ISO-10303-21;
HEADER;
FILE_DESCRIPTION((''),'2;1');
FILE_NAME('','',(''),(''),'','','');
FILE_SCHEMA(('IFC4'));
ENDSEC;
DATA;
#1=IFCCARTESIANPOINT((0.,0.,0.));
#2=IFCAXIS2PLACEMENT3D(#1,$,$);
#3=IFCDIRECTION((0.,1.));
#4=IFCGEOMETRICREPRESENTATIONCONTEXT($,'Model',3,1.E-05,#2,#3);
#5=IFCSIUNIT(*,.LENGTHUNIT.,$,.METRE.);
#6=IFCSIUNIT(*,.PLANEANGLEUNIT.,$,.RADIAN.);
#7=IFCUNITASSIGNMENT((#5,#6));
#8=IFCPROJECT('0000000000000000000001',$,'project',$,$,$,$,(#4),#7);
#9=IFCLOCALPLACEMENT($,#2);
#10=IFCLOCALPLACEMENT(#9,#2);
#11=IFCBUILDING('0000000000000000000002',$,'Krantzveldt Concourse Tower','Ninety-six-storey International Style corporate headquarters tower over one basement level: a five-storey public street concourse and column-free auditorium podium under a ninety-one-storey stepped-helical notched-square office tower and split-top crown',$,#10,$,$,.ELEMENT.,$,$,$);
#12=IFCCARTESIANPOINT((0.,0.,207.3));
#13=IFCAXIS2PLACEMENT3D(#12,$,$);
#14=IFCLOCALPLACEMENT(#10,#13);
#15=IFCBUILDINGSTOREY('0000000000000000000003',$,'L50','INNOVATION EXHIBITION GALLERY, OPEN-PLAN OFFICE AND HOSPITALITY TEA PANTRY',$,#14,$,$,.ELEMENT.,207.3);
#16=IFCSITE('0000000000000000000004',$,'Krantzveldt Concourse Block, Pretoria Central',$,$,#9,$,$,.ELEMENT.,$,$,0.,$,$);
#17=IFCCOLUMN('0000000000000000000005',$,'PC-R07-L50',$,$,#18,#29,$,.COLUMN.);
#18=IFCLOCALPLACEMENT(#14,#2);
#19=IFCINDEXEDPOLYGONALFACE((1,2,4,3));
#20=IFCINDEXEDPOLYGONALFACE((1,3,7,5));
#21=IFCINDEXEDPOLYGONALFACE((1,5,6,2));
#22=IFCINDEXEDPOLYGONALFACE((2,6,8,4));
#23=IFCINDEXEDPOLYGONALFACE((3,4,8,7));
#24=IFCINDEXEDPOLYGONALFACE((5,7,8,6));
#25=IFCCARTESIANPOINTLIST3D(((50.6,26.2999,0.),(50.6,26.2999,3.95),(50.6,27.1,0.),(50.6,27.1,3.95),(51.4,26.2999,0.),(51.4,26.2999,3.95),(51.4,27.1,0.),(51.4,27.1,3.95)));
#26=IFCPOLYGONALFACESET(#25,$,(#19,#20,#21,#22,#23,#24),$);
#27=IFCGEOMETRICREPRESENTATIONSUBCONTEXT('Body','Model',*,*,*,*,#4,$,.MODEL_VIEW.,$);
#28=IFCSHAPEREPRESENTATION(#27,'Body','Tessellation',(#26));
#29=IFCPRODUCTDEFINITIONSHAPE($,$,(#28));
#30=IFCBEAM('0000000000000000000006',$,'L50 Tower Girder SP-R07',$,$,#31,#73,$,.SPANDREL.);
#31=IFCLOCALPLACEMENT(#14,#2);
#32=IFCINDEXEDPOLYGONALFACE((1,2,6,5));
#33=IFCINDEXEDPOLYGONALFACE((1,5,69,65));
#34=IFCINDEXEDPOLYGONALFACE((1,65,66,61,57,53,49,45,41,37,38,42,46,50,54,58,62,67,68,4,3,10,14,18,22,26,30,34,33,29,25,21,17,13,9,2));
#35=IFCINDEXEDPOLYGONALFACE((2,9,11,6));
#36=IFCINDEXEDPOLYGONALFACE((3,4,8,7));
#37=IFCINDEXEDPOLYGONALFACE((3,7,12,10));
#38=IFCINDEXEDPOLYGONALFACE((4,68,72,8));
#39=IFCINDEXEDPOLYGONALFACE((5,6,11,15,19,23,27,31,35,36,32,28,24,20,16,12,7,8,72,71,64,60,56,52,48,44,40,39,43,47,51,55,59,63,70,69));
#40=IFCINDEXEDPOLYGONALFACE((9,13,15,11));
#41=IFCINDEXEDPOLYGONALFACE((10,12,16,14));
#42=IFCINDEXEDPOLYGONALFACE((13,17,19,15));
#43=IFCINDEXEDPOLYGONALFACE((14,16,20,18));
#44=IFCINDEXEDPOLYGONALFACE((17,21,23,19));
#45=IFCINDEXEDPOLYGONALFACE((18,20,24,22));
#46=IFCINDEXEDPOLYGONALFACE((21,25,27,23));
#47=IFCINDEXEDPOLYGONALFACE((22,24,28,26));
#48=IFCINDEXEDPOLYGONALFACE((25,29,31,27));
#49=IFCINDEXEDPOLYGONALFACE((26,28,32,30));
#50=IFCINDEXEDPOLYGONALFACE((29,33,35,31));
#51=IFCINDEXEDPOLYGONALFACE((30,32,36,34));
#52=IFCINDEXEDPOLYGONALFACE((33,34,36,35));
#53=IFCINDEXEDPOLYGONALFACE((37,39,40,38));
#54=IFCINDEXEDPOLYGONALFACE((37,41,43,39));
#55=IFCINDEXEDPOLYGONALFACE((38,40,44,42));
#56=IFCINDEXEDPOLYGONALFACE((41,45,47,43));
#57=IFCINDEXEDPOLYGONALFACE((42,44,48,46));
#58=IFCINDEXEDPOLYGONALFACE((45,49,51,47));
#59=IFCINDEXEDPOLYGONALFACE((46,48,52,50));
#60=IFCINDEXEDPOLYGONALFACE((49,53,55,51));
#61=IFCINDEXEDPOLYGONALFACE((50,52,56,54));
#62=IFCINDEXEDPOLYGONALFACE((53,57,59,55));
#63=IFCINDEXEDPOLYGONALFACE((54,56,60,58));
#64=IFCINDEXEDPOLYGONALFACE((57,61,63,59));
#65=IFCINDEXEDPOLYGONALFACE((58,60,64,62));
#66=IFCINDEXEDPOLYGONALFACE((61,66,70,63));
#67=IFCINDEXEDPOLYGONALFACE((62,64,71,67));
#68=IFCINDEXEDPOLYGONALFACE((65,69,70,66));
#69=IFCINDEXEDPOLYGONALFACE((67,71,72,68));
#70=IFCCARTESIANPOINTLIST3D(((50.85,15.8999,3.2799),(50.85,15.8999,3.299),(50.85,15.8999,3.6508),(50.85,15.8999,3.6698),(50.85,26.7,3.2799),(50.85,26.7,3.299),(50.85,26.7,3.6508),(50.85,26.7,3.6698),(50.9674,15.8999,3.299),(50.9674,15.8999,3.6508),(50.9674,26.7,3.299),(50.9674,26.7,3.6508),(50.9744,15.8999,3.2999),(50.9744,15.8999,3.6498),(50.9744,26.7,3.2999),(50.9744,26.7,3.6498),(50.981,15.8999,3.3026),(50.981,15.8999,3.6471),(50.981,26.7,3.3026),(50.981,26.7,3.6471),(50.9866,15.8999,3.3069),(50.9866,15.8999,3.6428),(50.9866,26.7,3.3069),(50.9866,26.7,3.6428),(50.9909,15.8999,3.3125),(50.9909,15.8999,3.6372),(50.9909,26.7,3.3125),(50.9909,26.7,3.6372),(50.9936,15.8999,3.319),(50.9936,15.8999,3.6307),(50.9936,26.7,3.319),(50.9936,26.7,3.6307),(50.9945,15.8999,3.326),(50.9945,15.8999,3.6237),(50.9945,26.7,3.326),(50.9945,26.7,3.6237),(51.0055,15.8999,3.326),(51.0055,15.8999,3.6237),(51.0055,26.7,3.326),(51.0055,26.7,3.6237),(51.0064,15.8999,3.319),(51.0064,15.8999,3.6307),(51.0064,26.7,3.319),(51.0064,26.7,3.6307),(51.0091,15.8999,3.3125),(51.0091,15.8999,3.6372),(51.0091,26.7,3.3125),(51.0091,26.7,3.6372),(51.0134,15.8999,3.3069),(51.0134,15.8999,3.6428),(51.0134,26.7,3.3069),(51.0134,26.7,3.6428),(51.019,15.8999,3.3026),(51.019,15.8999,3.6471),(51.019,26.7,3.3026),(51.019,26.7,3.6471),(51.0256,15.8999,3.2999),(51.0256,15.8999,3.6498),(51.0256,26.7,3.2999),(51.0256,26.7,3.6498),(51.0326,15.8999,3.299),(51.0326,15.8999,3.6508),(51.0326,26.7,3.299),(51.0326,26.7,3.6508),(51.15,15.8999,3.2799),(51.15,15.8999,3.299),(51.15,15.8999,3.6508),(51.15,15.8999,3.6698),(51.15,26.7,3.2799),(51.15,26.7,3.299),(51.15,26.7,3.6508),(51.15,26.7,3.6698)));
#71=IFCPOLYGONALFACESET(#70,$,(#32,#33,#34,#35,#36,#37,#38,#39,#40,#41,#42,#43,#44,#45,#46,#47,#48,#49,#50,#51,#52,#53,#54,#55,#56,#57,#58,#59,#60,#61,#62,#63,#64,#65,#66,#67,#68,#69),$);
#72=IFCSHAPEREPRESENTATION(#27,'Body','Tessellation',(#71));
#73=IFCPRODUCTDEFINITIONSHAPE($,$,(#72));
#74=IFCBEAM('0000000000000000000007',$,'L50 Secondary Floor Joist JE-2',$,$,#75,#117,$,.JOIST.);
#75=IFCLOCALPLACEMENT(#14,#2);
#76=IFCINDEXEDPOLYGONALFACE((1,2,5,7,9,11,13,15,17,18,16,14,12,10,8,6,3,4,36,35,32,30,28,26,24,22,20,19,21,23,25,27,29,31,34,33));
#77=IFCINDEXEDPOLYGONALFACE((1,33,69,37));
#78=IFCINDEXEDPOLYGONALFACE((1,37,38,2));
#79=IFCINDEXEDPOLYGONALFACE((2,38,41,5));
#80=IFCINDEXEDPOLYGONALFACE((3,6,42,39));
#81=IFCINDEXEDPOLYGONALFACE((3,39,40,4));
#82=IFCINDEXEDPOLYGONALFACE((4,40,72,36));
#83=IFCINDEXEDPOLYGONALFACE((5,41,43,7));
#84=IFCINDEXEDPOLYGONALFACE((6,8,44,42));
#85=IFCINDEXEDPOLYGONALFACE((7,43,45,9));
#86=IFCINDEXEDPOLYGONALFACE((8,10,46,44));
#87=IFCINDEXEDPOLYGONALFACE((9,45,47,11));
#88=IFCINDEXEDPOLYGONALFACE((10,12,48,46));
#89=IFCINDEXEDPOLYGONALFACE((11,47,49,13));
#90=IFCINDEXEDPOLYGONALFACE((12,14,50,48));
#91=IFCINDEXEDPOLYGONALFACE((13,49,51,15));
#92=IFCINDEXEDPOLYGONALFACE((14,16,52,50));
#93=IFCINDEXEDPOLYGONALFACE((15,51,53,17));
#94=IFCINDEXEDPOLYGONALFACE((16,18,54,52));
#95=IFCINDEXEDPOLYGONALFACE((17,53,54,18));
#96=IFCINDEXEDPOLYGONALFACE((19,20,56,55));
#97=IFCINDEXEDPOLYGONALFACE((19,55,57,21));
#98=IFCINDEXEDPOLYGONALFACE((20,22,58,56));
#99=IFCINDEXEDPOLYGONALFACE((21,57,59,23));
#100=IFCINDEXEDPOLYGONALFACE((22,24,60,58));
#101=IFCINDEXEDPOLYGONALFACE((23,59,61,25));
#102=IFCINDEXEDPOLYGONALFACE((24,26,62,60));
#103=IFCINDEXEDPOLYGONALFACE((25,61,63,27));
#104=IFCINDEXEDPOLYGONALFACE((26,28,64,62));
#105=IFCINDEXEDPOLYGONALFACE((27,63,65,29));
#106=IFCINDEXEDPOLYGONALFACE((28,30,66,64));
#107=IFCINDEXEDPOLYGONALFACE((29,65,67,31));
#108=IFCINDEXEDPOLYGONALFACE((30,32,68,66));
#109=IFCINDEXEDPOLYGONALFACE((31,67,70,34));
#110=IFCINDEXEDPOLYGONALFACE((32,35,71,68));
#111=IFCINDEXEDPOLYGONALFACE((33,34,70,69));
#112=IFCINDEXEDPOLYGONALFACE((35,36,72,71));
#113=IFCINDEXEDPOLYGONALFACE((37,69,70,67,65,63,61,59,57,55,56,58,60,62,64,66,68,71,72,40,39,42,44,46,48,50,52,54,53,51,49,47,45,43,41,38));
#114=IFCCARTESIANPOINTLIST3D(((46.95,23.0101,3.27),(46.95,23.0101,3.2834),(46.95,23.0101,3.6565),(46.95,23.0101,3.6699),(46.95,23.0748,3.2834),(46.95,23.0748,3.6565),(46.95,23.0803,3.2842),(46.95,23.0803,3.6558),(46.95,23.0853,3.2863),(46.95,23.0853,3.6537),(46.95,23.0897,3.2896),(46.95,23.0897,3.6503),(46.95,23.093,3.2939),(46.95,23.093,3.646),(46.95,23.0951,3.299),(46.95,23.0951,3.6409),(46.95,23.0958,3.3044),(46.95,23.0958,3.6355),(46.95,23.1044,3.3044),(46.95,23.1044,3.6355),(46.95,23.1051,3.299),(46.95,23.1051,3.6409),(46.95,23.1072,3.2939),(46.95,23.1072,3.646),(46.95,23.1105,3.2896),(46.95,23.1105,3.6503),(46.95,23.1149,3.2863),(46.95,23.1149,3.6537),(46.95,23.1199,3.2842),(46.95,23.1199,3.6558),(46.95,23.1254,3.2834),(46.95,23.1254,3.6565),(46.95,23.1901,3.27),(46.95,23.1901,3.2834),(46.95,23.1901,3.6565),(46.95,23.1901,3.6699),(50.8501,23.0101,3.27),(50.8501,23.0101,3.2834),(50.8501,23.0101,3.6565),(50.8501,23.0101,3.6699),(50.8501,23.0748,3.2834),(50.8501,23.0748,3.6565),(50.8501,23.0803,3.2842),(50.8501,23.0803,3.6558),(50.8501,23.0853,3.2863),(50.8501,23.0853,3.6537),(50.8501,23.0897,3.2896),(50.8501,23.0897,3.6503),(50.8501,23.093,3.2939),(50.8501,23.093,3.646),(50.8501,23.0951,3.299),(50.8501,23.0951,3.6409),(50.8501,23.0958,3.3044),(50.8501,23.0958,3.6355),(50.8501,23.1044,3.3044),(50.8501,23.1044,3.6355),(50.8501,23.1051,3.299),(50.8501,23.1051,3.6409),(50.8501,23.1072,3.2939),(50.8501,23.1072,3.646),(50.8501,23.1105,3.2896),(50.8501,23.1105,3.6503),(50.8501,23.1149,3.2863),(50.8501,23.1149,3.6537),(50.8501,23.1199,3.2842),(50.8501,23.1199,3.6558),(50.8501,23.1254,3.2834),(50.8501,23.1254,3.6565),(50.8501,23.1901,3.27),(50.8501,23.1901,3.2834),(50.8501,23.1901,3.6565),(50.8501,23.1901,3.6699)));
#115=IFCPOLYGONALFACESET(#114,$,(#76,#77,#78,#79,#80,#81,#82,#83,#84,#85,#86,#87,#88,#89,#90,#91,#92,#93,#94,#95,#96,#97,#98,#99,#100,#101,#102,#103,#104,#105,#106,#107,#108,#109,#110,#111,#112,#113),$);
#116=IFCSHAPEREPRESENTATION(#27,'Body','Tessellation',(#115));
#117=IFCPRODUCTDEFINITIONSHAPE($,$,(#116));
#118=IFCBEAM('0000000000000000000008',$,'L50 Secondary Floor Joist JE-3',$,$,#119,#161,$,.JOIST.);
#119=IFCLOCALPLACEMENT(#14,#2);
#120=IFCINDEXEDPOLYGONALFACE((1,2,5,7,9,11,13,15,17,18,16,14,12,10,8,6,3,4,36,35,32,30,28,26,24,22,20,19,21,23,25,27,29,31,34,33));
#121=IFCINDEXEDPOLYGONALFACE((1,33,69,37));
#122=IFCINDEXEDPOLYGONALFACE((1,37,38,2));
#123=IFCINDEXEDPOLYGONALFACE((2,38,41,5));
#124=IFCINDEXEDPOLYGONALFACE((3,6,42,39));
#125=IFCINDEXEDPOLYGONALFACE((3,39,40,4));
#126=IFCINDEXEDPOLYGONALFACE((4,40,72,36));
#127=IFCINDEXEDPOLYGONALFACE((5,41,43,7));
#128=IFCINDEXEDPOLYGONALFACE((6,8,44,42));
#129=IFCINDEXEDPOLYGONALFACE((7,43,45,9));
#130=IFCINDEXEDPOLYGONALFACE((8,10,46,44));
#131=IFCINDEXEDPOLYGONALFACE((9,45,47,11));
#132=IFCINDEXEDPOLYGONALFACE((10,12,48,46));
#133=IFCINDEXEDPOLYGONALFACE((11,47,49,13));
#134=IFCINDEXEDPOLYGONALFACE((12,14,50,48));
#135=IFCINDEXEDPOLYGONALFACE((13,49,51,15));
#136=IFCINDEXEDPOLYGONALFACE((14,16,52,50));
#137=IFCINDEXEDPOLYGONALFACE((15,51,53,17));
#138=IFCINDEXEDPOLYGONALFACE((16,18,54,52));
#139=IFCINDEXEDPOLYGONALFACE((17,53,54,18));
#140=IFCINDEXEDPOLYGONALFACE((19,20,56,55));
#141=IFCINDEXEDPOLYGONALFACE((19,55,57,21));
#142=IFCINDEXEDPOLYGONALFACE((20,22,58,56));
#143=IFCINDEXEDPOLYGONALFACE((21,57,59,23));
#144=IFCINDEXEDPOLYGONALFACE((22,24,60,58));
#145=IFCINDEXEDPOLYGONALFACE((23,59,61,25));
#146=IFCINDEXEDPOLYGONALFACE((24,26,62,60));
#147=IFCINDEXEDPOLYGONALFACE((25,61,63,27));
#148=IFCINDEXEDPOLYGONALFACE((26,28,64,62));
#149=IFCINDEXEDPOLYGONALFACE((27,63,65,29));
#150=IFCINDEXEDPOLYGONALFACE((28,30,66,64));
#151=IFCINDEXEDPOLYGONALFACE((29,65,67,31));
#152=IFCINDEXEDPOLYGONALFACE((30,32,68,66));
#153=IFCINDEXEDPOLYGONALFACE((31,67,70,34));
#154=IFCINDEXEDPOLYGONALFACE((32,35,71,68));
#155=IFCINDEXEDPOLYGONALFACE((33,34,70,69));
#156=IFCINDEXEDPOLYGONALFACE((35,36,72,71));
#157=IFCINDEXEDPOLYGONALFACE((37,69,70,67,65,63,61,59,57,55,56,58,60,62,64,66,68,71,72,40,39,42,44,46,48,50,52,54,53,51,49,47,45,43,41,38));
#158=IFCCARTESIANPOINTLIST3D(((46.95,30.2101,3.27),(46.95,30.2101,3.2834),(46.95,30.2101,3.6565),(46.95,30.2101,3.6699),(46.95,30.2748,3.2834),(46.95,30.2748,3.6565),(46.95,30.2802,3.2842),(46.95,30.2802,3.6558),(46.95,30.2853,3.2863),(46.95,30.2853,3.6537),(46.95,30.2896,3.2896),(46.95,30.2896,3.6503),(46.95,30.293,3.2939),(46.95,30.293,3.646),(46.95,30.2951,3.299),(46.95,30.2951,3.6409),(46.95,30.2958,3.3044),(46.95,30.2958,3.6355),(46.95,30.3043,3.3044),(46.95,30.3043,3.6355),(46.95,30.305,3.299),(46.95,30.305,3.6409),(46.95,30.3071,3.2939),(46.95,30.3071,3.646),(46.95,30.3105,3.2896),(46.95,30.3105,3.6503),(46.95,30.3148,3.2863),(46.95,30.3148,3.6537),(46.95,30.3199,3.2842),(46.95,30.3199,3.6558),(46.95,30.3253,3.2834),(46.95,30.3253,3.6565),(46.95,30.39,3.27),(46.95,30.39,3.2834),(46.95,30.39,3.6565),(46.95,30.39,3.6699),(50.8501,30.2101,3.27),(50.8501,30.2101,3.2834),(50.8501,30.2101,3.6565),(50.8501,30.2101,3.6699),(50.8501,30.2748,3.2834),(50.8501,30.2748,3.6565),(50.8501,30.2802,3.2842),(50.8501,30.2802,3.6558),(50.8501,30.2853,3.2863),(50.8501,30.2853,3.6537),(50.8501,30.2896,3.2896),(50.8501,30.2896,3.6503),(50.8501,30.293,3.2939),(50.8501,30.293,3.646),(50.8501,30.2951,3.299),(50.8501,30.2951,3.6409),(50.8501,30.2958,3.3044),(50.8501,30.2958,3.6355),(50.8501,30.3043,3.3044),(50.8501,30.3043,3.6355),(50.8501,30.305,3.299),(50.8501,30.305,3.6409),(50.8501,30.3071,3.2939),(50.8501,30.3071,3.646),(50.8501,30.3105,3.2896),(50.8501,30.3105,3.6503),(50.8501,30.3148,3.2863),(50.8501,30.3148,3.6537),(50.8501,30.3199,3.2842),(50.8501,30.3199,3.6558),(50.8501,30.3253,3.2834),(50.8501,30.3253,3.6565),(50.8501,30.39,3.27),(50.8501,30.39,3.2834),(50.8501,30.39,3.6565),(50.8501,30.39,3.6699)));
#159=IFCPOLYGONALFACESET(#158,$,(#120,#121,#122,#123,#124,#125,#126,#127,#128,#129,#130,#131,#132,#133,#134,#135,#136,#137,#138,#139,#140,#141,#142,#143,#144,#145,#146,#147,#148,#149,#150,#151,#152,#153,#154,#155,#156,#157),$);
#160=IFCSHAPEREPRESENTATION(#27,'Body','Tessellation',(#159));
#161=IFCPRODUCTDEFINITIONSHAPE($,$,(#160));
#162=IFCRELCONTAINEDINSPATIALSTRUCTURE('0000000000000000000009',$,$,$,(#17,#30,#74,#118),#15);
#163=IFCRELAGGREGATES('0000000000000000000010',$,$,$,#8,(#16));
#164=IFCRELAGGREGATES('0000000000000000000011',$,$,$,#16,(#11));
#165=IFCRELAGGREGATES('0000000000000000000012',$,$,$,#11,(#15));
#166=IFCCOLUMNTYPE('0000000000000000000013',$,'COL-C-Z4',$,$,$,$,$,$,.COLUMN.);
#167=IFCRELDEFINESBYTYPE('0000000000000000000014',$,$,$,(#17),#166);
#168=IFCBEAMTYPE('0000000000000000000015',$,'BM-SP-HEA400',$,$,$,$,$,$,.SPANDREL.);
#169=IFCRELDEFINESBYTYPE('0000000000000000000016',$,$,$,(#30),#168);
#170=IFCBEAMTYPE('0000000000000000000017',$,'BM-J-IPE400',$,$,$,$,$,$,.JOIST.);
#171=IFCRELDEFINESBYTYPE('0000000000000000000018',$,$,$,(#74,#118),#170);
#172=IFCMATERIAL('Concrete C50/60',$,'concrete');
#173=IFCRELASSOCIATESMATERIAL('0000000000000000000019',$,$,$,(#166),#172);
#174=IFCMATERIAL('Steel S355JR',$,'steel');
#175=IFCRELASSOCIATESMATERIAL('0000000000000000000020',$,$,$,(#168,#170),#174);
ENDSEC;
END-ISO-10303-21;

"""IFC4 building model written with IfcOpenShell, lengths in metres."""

from ifc_helpers import new_model, si_unit, direction, frame, origin, origin_2d, place, context, subcontext, project, spatial, rectangle, i_section, extrude, source, transform, mapped, material, material_profile, profile_set, type_object, type_shapes, element, save


model = new_model("IFC4")

# Units and contexts
model_context = context("Model", 3, precision=1e-05, world=origin(), true_north=direction((0.0, 1.0)))
body_context = subcontext(model_context, "Body", "Model", "MODEL_VIEW")
ifc_project = project(units=[si_unit("LENGTHUNIT", "METRE"), si_unit("PLANEANGLEUNIT", "RADIAN")], contexts=[model_context])

# Site, building, storey
site_placement = place(None, origin())
site = spatial("IfcSite", under=ifc_project, at=site_placement, Name="Krantzveldt Concourse Block, Pretoria Central", CompositionType="ELEMENT", RefElevation=0.0)
building_placement = place(site_placement, origin())
building = spatial("IfcBuilding", under=site, at=building_placement, Name="Krantzveldt Concourse Tower", Description="Ninety-six-storey International Style corporate headquarters tower over one basement level: a five-storey public street concourse and column-free auditorium podium under a ninety-one-storey stepped-helical notched-square office tower and split-top crown", CompositionType="ELEMENT")
storey_placement = place(building_placement, frame((0.0, 0.0, 207.3)))
storey = spatial("IfcBuildingStorey", under=building, at=storey_placement, Name="L50", Description="INNOVATION EXHIBITION GALLERY, OPEN-PLAN OFFICE AND HOSPITALITY TEA PANTRY", CompositionType="ELEMENT", Elevation=207.3)

# Column
ifc_material_1 = material(Name="Concrete C50/60", Category="concrete")
ifc_material_profile_1 = material_profile(ifc_material_1, rectangle(XDim=0.8, YDim=0.8, at=origin_2d()), Name="Concrete C50/60", Category="concrete")
ifc_profile_set_1 = profile_set([ifc_material_profile_1], Name="Concrete C50/60 - RC 800x800")
column_type = type_object("IfcColumnType", Name="COL-C-Z4", PredefinedType="COLUMN", material=ifc_profile_set_1)
shared_shape_1 = source(origin(), body_context, "Body", "SweptSolid", [
    extrude(rectangle(XDim=0.8, YDim=0.8, at=origin_2d()), origin(), (0.0, 0.0, 1.0), 3.95),
])
type_shapes(column_type, [shared_shape_1])
column_placement = place(storey_placement, frame((51.0, 26.7, 0.0), z_axis=(0.0, 0.0, 1.0), x_axis=(1.0, 0.0, 0.0)))
element("IfcColumn", 1, at=column_placement, inside=storey, type_object=column_type, Name="PC-R07-L50", PredefinedType="COLUMN", context=body_context, shape_type="MappedRepresentation", body=[
    mapped(shared_shape_1, transform((0.0, 0.0, 0.0), x_axis=(1.0, 0.0, 0.0), y_axis=(0.0, 1.0, 0.0), z_axis=(0.0, 0.0, 1.0), scale=1.0)),
])

# Beams
ifc_material_2 = material(Name="Steel S355JR", Category="steel")
ifc_material_profile_2 = material_profile(ifc_material_2, i_section(OverallWidth=0.3, OverallDepth=0.3899, WebThickness=0.011, FlangeThickness=0.019, FilletRadius=0.0271, at=origin_2d()), Name="Steel S355JR", Category="steel")
ifc_profile_set_2 = profile_set([ifc_material_profile_2], Name="Steel S355JR - HEA 400")
beam_type_1 = type_object("IfcBeamType", Name="BM-SP-HEA400", PredefinedType="SPANDREL", material=ifc_profile_set_2)
shared_shape_2 = source(origin(), body_context, "Body", "SweptSolid", [
    extrude(i_section(OverallWidth=0.3, OverallDepth=0.3899, WebThickness=0.011, FlangeThickness=0.019, FilletRadius=0.0271, at=origin_2d()), origin(), (0.0, 0.0, 1.0), 10.8),
])
type_shapes(beam_type_1, [shared_shape_2])
beam_placement = place(storey_placement, frame((51.0, 26.7, 3.4749), z_axis=(0.0, -1.0, 0.0), x_axis=(1.0, 0.0, 0.0)))
element("IfcBeam", 2, at=beam_placement, inside=storey, type_object=beam_type_1, Name="L50 Tower Girder SP-R07", PredefinedType="SPANDREL", context=body_context, shape_type="MappedRepresentation", body=[
    mapped(shared_shape_2, transform((0.0, 0.0, 0.0), x_axis=(1.0, 0.0, 0.0), y_axis=(0.0, 1.0, 0.0), z_axis=(0.0, 0.0, 1.0), scale=1.0)),
])
ifc_material_profile_3 = material_profile(ifc_material_2, i_section(OverallWidth=0.1799, OverallDepth=0.3999, WebThickness=0.0085, FlangeThickness=0.0134, FilletRadius=0.021, at=origin_2d()), Name="Steel S355JR", Category="steel")
ifc_profile_set_3 = profile_set([ifc_material_profile_3], Name="Steel S355JR - IPE 400")
beam_type_2 = type_object("IfcBeamType", Name="BM-J-IPE400", PredefinedType="JOIST", material=ifc_profile_set_3)
shared_shape_3 = source(origin(), body_context, "Body", "SweptSolid", [
    extrude(i_section(OverallWidth=0.1799, OverallDepth=0.3999, WebThickness=0.0085, FlangeThickness=0.0134, FilletRadius=0.021, at=origin_2d()), origin(), (0.0, 0.0, 1.0), 3.9001),
])
type_shapes(beam_type_2, [shared_shape_3])
for number, where, z_axis, x_axis, name in (
    (3, (46.95, 23.1001, 3.47), (1.0, 0.0, 0.0), (0.0, 1.0, 0.0), "L50 Secondary Floor Joist JE-2"),
    (4, (46.95, 30.3, 3.47), (1.0, 0.0, 0.0), (0.0, 1.0, 0.0), "L50 Secondary Floor Joist JE-3"),
):
    element("IfcBeam", number, at=place(storey_placement, frame(where, z_axis=z_axis, x_axis=x_axis)), inside=storey, type_object=beam_type_2, Name=name, PredefinedType="JOIST", context=body_context, shape_type="MappedRepresentation", body=[
        mapped(shared_shape_3, transform((0.0, 0.0, 0.0), x_axis=(1.0, 0.0, 0.0), y_axis=(0.0, 1.0, 0.0), z_axis=(0.0, 0.0, 1.0), scale=1.0)),
    ])

save(model, "model.ifc")
